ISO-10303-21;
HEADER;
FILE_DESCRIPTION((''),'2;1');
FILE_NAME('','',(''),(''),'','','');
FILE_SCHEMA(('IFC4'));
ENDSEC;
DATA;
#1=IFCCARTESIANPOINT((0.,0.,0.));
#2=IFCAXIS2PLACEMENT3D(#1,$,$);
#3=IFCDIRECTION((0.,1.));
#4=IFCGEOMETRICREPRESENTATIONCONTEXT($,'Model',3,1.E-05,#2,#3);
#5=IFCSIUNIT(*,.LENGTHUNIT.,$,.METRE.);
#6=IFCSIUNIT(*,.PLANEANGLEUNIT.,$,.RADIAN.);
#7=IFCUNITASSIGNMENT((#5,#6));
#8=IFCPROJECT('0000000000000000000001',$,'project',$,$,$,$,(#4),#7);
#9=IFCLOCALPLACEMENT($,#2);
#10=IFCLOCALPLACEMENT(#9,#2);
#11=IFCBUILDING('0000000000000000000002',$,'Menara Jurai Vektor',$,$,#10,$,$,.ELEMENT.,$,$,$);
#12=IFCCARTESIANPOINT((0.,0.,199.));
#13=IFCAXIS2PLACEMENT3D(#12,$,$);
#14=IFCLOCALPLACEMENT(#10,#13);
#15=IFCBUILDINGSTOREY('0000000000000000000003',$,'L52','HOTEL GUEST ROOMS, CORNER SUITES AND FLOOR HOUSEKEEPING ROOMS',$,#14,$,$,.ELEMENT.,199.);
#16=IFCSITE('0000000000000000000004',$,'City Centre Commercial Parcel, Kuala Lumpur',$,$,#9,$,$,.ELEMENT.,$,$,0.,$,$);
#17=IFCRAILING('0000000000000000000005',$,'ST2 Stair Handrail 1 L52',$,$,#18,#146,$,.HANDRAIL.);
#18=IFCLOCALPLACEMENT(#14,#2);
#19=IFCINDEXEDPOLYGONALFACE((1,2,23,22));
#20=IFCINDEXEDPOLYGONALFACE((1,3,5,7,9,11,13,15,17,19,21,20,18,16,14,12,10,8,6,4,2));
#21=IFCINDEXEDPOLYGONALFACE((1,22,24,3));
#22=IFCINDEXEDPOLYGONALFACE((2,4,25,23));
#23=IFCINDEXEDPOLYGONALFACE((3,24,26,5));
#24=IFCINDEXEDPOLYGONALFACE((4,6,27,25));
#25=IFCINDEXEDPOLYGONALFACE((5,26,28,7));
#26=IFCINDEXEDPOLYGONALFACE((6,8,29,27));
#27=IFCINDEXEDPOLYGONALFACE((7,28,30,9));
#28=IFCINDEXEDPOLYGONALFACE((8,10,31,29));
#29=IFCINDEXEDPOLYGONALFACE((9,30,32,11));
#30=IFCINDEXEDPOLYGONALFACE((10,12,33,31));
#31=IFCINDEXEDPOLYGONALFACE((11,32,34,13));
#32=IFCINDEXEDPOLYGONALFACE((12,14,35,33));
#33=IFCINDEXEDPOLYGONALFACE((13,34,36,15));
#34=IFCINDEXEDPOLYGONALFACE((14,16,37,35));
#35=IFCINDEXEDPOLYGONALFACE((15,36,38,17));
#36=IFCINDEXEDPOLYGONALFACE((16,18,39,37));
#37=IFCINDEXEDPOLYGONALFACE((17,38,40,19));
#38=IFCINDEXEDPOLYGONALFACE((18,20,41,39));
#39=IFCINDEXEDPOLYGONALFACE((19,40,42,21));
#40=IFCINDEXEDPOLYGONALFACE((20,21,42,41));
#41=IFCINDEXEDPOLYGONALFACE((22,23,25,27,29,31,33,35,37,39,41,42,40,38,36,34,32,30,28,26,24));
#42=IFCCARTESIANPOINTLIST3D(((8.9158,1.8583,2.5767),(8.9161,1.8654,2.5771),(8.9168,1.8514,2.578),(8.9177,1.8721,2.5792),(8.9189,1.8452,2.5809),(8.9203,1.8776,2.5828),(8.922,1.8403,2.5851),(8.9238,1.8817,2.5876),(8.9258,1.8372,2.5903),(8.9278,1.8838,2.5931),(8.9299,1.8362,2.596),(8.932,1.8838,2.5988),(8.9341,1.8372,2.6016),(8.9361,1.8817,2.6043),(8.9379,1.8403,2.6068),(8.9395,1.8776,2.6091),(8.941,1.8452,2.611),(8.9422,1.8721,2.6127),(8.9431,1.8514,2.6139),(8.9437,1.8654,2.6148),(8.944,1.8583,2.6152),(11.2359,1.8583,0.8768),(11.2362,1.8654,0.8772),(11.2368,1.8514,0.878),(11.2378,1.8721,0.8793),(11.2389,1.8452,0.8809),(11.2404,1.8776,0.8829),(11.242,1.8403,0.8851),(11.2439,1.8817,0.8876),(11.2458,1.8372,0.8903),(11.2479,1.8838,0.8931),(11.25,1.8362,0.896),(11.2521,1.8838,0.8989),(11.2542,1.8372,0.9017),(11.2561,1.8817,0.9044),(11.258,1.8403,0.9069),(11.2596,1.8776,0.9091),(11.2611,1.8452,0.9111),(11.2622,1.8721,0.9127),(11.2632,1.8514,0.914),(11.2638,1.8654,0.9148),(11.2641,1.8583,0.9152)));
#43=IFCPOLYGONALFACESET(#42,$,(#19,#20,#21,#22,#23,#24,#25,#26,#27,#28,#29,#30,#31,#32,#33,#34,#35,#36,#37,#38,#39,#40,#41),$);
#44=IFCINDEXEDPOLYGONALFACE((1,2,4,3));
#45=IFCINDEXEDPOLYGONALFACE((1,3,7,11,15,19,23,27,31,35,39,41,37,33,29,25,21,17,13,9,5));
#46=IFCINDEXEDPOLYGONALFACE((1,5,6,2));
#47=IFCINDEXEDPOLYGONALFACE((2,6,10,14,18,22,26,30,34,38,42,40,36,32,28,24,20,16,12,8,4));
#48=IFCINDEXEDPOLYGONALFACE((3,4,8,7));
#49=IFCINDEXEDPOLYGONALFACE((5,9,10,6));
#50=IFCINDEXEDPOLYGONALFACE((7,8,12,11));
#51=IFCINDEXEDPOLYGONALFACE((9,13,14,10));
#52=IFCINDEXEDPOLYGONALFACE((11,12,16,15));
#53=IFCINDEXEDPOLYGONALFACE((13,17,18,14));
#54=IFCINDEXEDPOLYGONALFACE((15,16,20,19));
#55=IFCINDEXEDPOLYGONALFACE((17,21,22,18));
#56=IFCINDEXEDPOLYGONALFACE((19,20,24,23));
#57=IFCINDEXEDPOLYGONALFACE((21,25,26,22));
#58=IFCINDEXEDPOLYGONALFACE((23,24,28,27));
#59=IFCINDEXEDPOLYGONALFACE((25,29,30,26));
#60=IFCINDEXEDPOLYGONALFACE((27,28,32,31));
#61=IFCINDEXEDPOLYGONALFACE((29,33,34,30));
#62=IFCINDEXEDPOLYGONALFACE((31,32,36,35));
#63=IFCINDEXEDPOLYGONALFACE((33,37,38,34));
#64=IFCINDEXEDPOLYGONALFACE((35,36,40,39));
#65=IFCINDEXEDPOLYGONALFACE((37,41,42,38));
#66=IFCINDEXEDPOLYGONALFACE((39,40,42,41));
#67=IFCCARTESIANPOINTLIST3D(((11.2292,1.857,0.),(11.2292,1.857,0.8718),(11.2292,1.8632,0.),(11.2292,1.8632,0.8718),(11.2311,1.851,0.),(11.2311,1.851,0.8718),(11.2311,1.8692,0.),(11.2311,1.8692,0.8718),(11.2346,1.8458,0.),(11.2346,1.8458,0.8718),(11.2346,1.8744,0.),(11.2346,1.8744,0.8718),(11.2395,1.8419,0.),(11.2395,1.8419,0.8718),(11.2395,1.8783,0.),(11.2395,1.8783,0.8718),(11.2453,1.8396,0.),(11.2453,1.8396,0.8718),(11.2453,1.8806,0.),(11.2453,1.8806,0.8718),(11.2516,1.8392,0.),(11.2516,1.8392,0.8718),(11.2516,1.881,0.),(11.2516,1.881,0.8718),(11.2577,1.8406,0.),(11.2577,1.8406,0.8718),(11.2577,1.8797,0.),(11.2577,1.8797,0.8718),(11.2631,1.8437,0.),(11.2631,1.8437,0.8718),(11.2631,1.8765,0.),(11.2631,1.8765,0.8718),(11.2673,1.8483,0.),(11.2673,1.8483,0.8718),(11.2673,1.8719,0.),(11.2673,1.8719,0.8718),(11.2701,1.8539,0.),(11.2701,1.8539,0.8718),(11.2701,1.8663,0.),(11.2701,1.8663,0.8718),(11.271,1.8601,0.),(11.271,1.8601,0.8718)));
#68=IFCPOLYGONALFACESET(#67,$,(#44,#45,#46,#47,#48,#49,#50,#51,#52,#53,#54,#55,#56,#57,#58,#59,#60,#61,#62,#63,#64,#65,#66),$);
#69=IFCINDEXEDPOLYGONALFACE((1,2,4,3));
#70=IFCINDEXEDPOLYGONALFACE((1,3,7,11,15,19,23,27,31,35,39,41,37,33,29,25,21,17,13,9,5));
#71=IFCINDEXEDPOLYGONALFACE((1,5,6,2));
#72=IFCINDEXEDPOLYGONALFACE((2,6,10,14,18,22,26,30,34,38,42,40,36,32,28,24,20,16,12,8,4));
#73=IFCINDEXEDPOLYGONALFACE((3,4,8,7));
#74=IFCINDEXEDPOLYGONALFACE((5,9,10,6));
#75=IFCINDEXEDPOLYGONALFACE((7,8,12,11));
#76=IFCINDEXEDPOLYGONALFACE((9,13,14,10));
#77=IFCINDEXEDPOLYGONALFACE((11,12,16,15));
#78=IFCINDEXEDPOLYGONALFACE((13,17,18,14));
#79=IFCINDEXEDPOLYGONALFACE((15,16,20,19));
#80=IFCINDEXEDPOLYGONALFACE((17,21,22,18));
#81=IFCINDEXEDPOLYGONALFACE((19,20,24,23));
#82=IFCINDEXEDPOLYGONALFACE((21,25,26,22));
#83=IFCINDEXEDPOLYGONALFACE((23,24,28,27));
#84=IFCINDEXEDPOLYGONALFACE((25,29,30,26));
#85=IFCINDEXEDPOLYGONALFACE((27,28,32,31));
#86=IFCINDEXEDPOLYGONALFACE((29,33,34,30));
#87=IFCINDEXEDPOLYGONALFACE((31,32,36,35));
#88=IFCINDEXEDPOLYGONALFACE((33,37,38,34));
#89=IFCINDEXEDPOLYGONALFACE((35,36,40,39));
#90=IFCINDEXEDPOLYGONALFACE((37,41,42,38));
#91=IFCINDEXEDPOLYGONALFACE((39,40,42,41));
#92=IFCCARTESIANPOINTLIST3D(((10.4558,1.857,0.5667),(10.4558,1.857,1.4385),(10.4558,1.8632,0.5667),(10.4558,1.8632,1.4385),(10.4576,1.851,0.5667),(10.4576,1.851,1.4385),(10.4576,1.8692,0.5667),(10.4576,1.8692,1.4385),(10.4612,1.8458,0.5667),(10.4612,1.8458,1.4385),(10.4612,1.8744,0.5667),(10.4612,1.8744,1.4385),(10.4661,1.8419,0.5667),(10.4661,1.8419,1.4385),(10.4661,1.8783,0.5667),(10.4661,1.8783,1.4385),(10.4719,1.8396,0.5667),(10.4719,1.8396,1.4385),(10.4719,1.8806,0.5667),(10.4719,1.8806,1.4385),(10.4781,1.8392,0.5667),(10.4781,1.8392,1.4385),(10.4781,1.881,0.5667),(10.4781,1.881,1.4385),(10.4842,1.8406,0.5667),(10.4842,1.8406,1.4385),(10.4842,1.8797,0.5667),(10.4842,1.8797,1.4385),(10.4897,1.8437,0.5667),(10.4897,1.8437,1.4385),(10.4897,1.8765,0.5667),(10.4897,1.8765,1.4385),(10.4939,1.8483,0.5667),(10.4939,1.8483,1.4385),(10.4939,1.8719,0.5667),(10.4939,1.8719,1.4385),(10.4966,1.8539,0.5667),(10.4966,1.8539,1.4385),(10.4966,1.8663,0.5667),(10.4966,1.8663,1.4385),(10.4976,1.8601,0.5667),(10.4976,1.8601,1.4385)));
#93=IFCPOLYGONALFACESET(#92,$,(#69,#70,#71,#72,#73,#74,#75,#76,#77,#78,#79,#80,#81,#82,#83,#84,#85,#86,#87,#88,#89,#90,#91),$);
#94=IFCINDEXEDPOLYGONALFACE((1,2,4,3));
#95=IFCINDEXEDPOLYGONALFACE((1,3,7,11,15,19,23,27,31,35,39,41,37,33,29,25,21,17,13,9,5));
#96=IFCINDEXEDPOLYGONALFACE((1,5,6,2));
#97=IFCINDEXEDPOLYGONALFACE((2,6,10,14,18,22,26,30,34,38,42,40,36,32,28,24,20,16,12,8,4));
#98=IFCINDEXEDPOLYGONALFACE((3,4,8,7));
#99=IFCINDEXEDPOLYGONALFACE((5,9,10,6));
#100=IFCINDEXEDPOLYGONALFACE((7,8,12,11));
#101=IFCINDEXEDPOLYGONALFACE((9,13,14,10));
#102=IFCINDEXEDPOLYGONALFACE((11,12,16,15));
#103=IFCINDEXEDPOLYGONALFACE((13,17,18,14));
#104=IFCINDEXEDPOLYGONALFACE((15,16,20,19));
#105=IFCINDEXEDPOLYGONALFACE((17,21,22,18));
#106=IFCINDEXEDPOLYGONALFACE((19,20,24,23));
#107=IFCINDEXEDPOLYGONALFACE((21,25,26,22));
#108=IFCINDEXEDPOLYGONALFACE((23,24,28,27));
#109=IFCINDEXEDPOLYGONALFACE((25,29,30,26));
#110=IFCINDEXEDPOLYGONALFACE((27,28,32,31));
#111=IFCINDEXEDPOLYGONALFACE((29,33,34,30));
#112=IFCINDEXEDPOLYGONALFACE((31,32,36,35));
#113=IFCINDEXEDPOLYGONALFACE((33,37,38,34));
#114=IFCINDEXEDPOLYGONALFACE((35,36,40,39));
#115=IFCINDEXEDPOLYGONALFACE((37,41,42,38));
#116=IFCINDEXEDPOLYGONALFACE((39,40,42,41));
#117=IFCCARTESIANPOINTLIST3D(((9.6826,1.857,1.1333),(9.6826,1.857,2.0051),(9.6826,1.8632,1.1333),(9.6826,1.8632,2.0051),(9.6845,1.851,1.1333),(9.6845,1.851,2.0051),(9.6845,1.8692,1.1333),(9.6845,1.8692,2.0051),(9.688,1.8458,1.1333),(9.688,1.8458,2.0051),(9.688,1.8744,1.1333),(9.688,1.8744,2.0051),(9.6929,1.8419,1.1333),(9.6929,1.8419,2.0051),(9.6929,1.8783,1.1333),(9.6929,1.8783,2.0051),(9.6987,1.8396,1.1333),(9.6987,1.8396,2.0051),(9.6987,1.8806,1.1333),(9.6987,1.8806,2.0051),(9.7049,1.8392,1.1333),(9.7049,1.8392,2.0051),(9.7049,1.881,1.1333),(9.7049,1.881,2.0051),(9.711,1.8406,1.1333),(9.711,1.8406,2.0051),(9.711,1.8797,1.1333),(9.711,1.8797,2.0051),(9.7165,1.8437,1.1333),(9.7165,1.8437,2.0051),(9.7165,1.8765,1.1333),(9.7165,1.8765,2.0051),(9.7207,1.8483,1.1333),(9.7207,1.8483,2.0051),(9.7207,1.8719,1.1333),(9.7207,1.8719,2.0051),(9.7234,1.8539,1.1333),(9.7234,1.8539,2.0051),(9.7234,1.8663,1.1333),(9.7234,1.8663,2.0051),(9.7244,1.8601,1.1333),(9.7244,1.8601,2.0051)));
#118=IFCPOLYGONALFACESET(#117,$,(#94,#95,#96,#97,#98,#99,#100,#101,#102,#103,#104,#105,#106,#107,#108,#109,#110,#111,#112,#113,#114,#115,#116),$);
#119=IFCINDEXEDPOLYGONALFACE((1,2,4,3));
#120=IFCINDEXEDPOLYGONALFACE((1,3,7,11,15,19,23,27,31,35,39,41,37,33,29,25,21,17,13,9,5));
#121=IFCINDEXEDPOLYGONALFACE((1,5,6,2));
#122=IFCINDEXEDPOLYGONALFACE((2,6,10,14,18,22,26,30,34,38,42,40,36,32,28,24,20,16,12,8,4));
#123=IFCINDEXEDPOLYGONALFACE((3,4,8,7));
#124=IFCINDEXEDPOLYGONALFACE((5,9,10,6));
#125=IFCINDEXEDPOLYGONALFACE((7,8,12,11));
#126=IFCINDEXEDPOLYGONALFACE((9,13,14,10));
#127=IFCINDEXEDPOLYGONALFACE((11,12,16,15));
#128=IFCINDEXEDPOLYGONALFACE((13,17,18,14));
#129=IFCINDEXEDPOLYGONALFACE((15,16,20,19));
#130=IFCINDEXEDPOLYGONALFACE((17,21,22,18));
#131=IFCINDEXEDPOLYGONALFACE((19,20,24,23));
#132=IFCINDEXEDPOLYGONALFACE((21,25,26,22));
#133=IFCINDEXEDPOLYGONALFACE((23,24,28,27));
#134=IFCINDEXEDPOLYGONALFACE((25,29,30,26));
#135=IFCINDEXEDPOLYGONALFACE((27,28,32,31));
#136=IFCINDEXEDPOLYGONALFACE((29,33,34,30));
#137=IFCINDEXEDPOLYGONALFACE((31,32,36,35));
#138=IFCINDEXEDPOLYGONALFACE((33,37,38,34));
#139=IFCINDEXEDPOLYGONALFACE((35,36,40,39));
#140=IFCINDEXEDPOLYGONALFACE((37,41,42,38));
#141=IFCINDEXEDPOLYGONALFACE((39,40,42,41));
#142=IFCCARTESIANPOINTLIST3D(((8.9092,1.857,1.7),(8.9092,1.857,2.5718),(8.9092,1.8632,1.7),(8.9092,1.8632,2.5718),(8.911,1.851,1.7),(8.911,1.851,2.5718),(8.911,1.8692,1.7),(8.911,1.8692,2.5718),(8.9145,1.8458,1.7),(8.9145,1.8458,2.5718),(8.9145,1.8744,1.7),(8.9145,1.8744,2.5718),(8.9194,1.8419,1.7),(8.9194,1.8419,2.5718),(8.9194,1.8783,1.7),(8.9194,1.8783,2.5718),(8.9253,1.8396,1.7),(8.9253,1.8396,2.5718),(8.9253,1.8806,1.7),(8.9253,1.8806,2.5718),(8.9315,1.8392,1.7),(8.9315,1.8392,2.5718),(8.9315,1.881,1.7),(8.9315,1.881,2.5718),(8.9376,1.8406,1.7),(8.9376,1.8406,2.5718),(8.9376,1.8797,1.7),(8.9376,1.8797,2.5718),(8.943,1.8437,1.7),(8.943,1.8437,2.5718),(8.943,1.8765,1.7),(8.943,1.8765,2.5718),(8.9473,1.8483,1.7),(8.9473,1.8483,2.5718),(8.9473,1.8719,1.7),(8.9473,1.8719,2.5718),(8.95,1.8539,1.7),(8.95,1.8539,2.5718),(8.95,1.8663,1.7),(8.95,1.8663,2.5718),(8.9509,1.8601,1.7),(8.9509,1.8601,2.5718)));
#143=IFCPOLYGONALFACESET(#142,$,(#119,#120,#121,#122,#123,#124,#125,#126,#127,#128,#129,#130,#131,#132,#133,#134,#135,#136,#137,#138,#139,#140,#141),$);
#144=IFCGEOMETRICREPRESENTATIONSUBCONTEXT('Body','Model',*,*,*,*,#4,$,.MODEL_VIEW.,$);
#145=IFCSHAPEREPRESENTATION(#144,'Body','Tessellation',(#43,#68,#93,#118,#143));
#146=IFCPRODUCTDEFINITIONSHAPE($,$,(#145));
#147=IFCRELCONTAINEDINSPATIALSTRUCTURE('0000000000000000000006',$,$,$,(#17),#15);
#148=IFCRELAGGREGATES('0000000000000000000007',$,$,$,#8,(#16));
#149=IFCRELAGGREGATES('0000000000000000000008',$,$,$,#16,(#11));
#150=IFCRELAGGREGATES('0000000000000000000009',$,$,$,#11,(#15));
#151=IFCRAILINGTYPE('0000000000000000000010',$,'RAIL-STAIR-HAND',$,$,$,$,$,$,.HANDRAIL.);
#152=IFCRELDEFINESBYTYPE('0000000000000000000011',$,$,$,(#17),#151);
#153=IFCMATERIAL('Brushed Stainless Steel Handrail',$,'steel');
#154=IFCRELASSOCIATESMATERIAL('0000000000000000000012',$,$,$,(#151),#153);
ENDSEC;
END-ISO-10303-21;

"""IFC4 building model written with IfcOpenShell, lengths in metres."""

from ifc_helpers import new_model, si_unit, direction, frame, origin, origin_2d, place, context, subcontext, project, spatial, circle, extrude, material, type_object, element, save


model = new_model("IFC4")

# Units and contexts
model_context = context("Model", 3, precision=1e-05, world=origin(), true_north=direction((0.0, 1.0)))
body_context = subcontext(model_context, "Body", "Model", "MODEL_VIEW")
ifc_project = project(units=[si_unit("LENGTHUNIT", "METRE"), si_unit("PLANEANGLEUNIT", "RADIAN")], contexts=[model_context])

# Site, building, storey
site_placement = place(None, origin())
site = spatial("IfcSite", under=ifc_project, at=site_placement, Name="City Centre Commercial Parcel, Kuala Lumpur", CompositionType="ELEMENT", RefElevation=0.0)
building_placement = place(site_placement, origin())
building = spatial("IfcBuilding", under=site, at=building_placement, Name="Menara Jurai Vektor", CompositionType="ELEMENT")
storey_placement = place(building_placement, frame((0.0, 0.0, 199.0)))
storey = spatial("IfcBuildingStorey", under=building, at=storey_placement, Name="L52", Description="HOTEL GUEST ROOMS, CORNER SUITES AND FLOOR HOUSEKEEPING ROOMS", CompositionType="ELEMENT", Elevation=199.0)

# Railing
ifc_material_1 = material(Name="Brushed Stainless Steel Handrail", Category="steel")
railing_type_1 = type_object("IfcRailingType", Name="RAIL-STAIR-HAND", PredefinedType="HANDRAIL", material=ifc_material_1)
railing_1_placement = place(storey_placement, frame((11.25, 1.8601, 0.0)))
element("IfcRailing", 1, at=railing_1_placement, inside=storey, type_object=railing_type_1, Name="ST2 Stair Handrail 1 L52", PredefinedType="HANDRAIL", context=body_context, shape_type="SweptSolid", body=[
    extrude(circle(Radius=0.0239, at=origin_2d()), frame((0.0, 0.0, 0.896), z_axis=(-0.806642, 0.0, 0.59104), x_axis=(0.0, -1.0, 0.0)), (0.0, 0.0, 1.0), 2.8762),
    extrude(circle(Radius=0.021, at=origin_2d()), origin(), (0.0, 0.0, 1.0), 0.8718),
    extrude(circle(Radius=0.021, at=origin_2d()), frame((-0.7734, 0.0, 0.5667)), (0.0, 0.0, 1.0), 0.8718),
    extrude(circle(Radius=0.021, at=origin_2d()), frame((-1.5466, 0.0, 1.1333)), (0.0, 0.0, 1.0), 0.8718),
    extrude(circle(Radius=0.021, at=origin_2d()), frame((-2.3201, 0.0, 1.7)), (0.0, 0.0, 1.0), 0.8718),
])

save(model, "model.ifc")
